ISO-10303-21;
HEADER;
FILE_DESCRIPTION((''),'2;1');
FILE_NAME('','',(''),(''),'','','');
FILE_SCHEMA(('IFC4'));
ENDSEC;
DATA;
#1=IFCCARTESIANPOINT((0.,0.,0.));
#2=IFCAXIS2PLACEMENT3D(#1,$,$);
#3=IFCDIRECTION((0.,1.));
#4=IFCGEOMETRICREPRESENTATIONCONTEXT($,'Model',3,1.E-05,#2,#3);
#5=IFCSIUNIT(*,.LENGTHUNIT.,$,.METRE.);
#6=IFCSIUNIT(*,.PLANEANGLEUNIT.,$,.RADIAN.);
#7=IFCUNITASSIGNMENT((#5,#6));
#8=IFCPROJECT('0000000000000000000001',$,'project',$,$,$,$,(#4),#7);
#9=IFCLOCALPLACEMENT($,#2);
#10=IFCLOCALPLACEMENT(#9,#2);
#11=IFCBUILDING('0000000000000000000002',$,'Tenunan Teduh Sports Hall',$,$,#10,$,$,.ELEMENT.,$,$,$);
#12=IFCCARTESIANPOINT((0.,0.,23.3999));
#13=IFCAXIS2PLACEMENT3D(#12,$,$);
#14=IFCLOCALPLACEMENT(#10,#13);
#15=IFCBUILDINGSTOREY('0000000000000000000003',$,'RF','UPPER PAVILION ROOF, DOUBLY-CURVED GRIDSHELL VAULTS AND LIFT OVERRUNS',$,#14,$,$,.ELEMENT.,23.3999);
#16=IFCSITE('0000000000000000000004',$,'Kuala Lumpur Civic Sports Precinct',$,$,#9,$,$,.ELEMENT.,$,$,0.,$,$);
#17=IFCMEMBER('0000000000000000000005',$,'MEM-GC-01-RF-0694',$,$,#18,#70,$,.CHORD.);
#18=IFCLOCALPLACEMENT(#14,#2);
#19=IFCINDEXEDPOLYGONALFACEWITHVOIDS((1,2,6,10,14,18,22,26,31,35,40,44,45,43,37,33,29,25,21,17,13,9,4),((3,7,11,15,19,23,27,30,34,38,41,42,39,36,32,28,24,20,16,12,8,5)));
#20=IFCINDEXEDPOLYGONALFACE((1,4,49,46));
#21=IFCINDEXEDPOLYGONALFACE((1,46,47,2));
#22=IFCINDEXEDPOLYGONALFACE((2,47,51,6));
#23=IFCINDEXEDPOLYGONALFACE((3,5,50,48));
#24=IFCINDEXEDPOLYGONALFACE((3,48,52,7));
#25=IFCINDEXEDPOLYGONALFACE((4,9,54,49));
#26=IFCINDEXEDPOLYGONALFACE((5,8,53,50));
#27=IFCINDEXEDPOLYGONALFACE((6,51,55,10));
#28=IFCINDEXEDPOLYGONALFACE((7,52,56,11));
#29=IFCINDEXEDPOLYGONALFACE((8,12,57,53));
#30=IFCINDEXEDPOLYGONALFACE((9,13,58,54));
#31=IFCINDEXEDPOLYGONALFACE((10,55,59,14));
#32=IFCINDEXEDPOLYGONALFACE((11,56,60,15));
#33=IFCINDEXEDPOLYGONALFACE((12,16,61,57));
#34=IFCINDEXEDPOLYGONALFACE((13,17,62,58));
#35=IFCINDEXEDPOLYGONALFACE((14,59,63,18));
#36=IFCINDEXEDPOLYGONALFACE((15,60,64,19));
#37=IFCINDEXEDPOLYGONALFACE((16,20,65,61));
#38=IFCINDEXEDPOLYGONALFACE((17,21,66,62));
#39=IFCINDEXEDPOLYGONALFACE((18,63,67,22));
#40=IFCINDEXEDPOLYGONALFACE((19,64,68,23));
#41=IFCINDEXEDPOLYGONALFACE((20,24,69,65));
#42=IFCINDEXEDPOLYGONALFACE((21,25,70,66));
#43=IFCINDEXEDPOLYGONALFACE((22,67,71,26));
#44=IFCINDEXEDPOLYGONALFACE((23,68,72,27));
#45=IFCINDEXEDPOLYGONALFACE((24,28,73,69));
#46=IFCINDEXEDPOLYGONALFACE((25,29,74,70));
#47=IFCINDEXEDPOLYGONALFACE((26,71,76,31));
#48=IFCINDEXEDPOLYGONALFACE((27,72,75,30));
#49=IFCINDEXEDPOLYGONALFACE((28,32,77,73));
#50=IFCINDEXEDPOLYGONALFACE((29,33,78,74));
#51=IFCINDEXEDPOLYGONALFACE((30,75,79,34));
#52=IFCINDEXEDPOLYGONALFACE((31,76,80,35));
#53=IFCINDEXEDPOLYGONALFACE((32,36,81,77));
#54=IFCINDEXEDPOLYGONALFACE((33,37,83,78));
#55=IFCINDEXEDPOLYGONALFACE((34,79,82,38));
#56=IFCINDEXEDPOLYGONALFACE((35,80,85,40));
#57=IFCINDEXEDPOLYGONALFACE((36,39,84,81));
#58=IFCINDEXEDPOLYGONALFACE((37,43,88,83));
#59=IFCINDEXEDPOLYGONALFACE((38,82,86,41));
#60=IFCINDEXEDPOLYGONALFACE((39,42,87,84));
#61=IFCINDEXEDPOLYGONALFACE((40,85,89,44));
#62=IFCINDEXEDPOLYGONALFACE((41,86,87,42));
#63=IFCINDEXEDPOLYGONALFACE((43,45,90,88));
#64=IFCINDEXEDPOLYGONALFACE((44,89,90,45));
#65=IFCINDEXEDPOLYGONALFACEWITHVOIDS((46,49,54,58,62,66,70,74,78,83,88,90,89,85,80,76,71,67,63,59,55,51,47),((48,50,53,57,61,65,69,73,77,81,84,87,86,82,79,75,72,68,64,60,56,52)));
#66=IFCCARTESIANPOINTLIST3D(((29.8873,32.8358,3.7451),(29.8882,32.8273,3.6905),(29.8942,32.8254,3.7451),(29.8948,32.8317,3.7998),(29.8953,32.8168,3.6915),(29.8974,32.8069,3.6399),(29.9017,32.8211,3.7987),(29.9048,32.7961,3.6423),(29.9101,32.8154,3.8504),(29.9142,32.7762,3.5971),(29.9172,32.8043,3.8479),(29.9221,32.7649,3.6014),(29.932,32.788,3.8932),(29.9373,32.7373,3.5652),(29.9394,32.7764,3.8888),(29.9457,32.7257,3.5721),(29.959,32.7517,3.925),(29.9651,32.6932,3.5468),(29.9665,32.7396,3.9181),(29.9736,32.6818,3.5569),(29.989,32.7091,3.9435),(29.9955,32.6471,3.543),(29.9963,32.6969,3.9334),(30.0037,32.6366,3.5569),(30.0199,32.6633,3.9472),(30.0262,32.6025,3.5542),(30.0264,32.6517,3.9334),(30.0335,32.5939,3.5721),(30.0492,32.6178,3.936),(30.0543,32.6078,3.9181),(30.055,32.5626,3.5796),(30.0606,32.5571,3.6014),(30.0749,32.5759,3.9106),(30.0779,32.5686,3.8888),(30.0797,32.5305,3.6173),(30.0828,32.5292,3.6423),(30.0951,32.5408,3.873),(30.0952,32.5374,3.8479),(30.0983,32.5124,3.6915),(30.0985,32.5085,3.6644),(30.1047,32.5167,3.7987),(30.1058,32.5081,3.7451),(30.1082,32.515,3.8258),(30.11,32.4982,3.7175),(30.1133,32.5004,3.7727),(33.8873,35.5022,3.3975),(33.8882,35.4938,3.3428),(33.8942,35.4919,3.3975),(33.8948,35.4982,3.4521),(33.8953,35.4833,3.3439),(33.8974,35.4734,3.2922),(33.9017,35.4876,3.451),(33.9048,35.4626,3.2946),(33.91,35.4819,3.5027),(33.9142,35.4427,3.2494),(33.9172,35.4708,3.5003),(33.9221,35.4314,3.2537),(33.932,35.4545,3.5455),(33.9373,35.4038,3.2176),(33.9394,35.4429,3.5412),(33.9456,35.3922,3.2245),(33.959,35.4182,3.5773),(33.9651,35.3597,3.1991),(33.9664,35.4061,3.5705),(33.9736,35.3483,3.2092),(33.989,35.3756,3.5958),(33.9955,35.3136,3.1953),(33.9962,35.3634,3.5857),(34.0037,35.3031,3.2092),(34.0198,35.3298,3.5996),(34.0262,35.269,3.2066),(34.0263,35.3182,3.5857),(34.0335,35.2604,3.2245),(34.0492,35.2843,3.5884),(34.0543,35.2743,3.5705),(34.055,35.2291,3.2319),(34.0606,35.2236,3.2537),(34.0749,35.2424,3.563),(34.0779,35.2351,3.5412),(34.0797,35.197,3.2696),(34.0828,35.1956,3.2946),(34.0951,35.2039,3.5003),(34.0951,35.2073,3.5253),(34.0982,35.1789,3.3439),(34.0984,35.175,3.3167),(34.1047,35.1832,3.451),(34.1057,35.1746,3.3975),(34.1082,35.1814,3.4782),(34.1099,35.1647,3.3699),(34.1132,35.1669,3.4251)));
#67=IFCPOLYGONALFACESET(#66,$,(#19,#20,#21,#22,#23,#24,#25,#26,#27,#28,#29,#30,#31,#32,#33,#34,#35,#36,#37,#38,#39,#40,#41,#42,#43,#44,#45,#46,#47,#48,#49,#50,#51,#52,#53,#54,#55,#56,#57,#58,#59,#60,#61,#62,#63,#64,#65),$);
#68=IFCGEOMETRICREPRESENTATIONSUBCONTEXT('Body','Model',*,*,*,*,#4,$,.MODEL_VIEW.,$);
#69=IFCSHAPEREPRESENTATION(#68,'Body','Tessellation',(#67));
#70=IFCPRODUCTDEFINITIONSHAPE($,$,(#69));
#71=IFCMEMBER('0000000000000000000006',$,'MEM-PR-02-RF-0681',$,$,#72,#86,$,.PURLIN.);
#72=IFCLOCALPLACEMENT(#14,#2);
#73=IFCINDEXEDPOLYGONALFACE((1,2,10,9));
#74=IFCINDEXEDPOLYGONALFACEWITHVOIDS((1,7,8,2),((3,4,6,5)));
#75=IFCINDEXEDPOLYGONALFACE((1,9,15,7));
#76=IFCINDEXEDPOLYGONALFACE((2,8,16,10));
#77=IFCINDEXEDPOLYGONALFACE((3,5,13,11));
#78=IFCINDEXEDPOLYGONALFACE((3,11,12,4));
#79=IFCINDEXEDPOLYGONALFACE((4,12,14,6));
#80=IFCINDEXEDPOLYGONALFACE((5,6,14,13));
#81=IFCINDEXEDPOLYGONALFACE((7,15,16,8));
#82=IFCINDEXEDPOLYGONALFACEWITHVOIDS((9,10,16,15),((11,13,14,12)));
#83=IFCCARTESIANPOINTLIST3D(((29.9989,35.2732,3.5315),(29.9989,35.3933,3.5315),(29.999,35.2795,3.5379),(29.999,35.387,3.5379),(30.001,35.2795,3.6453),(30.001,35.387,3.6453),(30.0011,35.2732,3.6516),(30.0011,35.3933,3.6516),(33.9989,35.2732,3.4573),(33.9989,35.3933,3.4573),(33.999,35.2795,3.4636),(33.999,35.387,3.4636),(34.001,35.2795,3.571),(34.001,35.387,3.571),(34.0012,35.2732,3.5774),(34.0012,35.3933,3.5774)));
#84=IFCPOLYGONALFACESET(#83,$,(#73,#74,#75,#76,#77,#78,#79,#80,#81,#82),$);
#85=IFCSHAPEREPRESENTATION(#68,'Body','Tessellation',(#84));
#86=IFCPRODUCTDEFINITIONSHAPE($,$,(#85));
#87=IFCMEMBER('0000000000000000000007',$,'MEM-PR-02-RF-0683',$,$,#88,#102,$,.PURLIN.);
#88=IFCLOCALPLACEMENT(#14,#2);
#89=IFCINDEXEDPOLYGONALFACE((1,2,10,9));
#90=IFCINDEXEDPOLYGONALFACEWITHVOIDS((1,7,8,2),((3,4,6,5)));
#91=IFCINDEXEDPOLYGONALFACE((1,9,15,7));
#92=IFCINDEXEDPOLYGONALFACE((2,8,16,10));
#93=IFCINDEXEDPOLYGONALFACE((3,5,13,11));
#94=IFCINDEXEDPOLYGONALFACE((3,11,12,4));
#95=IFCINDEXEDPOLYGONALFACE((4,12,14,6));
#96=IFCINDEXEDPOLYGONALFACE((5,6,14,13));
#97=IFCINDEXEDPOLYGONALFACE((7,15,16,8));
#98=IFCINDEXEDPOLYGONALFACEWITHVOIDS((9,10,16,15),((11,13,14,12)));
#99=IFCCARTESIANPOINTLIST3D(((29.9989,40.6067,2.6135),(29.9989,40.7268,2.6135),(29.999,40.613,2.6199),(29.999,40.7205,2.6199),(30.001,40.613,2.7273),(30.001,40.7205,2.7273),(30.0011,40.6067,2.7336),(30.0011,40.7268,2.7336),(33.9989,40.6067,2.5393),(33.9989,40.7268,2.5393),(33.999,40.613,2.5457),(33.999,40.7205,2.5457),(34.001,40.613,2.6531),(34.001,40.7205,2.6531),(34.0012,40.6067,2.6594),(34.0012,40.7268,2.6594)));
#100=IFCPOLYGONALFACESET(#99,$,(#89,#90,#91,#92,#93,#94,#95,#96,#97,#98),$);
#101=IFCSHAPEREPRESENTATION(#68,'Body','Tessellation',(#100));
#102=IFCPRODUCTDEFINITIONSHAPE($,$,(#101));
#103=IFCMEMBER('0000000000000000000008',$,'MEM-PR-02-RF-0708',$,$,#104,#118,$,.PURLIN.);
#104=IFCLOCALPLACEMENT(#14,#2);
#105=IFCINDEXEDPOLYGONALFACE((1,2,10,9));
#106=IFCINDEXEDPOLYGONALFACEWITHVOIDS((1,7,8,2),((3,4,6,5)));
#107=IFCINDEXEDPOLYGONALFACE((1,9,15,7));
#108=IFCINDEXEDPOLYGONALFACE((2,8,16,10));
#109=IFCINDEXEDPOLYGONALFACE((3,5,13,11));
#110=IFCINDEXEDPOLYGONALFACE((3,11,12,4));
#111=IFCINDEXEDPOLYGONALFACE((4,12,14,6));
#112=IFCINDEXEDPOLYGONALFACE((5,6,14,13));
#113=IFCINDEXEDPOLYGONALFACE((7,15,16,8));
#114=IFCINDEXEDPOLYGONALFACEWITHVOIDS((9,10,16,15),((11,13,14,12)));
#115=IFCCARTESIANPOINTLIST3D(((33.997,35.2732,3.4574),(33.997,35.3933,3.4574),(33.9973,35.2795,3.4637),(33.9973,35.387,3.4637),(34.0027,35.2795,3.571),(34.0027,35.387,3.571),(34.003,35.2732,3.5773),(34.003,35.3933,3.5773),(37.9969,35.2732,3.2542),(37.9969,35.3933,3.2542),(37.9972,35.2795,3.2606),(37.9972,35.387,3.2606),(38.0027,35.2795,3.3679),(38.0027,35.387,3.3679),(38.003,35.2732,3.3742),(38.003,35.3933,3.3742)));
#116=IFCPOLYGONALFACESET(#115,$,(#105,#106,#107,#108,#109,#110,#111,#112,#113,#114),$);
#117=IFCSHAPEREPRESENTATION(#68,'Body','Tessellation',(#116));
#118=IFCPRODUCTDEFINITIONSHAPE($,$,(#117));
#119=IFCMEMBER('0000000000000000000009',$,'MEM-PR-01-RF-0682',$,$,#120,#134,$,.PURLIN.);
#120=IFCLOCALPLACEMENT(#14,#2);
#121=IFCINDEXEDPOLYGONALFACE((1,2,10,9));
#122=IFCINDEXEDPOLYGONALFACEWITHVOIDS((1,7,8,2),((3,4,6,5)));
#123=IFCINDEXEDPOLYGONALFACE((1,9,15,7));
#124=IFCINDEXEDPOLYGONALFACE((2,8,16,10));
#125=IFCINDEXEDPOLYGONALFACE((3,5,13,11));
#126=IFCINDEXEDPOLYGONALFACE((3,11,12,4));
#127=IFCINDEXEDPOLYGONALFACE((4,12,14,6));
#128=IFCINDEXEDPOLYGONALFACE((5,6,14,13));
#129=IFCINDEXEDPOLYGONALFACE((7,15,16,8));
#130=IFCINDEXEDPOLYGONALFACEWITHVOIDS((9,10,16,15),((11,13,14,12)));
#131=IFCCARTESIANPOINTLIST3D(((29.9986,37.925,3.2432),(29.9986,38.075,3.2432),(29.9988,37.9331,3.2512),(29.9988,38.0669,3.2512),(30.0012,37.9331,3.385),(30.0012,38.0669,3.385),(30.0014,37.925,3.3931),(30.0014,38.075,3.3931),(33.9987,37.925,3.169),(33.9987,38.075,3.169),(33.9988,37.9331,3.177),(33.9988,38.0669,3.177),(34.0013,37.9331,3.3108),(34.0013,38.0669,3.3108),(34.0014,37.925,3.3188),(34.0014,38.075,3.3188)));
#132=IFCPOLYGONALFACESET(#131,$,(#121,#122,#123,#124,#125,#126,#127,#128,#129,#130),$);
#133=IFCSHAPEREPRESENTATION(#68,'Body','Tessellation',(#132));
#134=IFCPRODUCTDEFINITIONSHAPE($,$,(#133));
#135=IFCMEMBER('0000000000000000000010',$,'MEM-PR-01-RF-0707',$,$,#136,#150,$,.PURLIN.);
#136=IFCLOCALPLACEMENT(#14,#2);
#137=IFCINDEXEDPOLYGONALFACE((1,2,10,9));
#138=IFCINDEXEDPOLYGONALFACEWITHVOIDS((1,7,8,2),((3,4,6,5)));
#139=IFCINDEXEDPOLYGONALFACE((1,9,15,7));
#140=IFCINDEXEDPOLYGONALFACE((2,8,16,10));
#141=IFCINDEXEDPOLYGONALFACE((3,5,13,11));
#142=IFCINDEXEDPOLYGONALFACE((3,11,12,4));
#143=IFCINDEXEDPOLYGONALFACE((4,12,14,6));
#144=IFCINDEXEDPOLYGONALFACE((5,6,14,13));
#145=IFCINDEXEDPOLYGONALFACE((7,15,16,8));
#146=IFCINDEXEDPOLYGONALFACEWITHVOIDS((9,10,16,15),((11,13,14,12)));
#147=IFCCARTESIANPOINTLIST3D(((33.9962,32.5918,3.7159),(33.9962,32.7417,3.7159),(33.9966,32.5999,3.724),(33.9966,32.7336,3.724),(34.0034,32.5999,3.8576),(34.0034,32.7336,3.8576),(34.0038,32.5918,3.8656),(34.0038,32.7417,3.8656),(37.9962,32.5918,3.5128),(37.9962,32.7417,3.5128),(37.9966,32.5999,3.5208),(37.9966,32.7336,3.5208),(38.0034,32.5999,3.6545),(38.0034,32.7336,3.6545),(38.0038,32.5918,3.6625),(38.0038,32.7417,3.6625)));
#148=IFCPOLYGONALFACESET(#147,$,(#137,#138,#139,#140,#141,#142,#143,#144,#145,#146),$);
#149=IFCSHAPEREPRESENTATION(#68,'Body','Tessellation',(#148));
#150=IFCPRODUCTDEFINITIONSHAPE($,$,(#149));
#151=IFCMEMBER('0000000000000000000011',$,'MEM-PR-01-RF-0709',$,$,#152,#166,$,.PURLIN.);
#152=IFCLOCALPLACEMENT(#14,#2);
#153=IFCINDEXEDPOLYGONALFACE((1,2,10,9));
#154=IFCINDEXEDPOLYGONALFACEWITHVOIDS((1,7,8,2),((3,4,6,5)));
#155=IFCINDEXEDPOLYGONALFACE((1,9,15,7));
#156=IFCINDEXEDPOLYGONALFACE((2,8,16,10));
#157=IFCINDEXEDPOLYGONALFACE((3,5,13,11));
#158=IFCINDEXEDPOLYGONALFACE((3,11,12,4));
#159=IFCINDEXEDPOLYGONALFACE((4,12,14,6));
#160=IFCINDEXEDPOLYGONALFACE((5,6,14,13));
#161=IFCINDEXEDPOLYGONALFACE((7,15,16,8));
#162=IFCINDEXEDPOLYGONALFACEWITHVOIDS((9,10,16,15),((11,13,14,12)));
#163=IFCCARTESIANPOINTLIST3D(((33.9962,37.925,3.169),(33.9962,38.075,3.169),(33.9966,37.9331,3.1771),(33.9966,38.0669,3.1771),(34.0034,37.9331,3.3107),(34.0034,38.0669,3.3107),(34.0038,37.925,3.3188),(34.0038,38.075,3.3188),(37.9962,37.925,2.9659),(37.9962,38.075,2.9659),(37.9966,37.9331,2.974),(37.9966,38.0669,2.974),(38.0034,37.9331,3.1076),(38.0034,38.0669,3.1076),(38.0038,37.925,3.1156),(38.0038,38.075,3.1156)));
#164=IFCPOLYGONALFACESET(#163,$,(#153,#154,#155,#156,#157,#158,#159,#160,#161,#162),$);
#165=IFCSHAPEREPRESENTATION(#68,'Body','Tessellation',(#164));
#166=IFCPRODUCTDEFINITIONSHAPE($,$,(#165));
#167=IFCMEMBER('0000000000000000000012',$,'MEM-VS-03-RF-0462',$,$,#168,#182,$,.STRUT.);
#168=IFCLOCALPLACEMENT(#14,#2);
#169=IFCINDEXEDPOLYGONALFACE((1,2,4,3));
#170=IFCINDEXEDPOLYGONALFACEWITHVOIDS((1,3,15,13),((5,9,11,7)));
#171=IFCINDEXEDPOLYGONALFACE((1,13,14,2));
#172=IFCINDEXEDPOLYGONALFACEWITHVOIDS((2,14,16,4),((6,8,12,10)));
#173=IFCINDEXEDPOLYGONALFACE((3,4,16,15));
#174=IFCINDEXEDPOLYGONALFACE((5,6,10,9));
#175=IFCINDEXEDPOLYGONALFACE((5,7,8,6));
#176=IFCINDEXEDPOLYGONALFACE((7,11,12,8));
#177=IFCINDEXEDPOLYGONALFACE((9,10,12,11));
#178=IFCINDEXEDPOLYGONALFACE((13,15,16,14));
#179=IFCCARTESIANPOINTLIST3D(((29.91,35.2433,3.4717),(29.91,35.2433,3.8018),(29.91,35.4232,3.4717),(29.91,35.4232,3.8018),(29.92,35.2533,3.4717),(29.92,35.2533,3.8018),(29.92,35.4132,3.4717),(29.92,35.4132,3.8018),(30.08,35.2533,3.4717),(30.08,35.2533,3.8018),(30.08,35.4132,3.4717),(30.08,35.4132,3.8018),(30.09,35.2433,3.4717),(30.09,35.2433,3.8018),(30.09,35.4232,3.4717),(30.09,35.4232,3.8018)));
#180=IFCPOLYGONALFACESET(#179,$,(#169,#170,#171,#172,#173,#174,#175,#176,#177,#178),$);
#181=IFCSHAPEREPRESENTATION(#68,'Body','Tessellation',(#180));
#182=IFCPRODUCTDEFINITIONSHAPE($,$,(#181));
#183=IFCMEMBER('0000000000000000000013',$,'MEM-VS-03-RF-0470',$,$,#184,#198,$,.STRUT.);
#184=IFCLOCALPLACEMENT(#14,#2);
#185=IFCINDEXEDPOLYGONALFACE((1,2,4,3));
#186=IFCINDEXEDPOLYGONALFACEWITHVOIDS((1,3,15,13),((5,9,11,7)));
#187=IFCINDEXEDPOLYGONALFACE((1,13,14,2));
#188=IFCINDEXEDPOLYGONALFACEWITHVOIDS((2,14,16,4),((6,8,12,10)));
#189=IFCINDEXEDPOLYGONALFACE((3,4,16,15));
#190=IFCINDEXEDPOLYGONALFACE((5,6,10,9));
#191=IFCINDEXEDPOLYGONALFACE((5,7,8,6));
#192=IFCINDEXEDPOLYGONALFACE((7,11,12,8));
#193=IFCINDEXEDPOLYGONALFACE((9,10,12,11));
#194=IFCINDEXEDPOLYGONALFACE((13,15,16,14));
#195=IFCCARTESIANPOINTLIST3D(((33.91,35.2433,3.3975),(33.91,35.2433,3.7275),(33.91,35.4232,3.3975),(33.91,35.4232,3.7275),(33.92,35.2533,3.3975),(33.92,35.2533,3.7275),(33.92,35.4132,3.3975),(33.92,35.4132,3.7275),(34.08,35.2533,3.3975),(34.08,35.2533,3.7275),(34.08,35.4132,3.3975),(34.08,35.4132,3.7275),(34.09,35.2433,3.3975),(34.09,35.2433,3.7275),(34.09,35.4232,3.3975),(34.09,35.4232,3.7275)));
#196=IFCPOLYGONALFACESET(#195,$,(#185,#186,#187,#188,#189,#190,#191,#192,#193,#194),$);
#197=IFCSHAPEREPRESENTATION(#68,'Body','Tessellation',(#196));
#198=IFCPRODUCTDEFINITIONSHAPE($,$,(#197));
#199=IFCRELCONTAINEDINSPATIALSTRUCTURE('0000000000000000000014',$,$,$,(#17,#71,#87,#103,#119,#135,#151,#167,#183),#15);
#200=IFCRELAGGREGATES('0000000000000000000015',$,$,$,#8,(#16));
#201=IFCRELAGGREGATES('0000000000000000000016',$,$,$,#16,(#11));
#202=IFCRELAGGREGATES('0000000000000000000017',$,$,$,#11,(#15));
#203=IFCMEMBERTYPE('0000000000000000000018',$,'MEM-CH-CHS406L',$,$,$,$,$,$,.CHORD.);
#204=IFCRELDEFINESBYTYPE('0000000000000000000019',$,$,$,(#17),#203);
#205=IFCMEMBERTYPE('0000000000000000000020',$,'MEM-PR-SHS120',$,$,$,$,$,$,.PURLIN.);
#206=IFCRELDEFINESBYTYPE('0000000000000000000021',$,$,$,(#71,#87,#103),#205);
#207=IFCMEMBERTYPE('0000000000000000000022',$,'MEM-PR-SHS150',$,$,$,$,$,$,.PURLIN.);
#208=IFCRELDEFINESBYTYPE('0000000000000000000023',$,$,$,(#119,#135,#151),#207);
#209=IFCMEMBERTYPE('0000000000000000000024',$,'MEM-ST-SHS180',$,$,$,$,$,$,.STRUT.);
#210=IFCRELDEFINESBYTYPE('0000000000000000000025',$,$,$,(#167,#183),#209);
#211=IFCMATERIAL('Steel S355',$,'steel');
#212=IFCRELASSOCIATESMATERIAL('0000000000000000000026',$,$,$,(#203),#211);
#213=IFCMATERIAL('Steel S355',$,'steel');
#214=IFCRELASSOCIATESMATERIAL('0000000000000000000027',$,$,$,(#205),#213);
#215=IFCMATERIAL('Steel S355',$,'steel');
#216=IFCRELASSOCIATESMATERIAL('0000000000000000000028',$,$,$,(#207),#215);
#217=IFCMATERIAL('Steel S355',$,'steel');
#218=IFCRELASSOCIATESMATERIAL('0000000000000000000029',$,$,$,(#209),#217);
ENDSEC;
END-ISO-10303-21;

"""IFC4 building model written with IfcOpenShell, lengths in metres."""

from ifc_helpers import new_model, si_unit, direction, frame, origin, origin_2d, place, context, subcontext, project, spatial, hollow_rectangle, hollow_circle, extrude, material, material_profile, profile_set, type_object, element, save


model = new_model("IFC4")

# Units and contexts
model_context = context("Model", 3, precision=1e-05, world=origin(), true_north=direction((0.0, 1.0)))
body_context = subcontext(model_context, "Body", "Model", "MODEL_VIEW")
ifc_project = project(units=[si_unit("LENGTHUNIT", "METRE"), si_unit("PLANEANGLEUNIT", "RADIAN")], contexts=[model_context])

# Site, building, storey
site_placement = place(None, origin())
site = spatial("IfcSite", under=ifc_project, at=site_placement, Name="Kuala Lumpur Civic Sports Precinct", CompositionType="ELEMENT", RefElevation=0.0)
building_placement = place(site_placement, origin())
building = spatial("IfcBuilding", under=site, at=building_placement, Name="Tenunan Teduh Sports Hall", CompositionType="ELEMENT")
storey_placement = place(building_placement, frame((0.0, 0.0, 23.3999)))
storey = spatial("IfcBuildingStorey", under=building, at=storey_placement, Name="RF", Description="UPPER PAVILION ROOF, DOUBLY-CURVED GRIDSHELL VAULTS AND LIFT OVERRUNS", CompositionType="ELEMENT", Elevation=23.3999)

# Members
ifc_material_1 = material(Name="Steel S355", Category="steel")
ifc_material_profile_1 = material_profile(ifc_material_1, hollow_circle(Radius=0.2031, WallThickness=0.0125, at=origin_2d()), Name="CHS 406.4x12.5")
ifc_profile_set_1 = profile_set([ifc_material_profile_1], Name="Steel S355")
member_type_1 = type_object("IfcMemberType", Name="MEM-CH-CHS406L", PredefinedType="CHORD", material=ifc_profile_set_1)
member_1_placement = place(storey_placement, frame((30.0, 32.6667, 3.7451), z_axis=(0.829899, 0.553232, -0.07213), x_axis=(-0.554677, 0.832066, 0.0)))
element("IfcMember", 1, at=member_1_placement, inside=storey, type_object=member_type_1, Name="MEM-GC-01-RF-0694", PredefinedType="CHORD", context=body_context, shape_type="SweptSolid", body=[
    extrude(hollow_circle(Radius=0.2031, WallThickness=0.0125, at=origin_2d()), origin(), (0.0, 0.0, 1.0), 4.8198),
])
ifc_material_2 = material(Name="Steel S355", Category="steel")
ifc_material_profile_2 = material_profile(ifc_material_2, hollow_rectangle(XDim=0.1201, YDim=0.1201, WallThickness=0.0063, at=origin_2d()), Name="SHS 120x120x6.3")
ifc_profile_set_2 = profile_set([ifc_material_profile_2], Name="Steel S355")
member_type_2 = type_object("IfcMemberType", Name="MEM-PR-SHS120", PredefinedType="PURLIN", material=ifc_profile_set_2)
for number, where, z_axis, x_axis, name in (
    (2, (30.0, 35.3333, 3.5916), (0.999828, 0.0, -0.018551), (0.0, 1.0, 0.0), "MEM-PR-02-RF-0681"),
    (3, (30.0, 40.6667, 2.6736), (0.999828, 0.0, -0.018551), (0.0, 1.0, 0.0), "MEM-PR-02-RF-0683"),
):
    element("IfcMember", number, at=place(storey_placement, frame(where, z_axis=z_axis, x_axis=x_axis)), inside=storey, type_object=member_type_2, Name=name, PredefinedType="PURLIN", context=body_context, shape_type="SweptSolid", body=[
        extrude(hollow_rectangle(XDim=0.1201, YDim=0.1201, WallThickness=0.0063, at=origin_2d()), origin(), (0.0, 0.0, 1.0), 4.0007),
    ])
member_2_placement = place(storey_placement, frame((34.0, 35.3333, 3.5173), z_axis=(0.998713, 0.0, -0.050716), x_axis=(0.0, 1.0, 0.0)))
element("IfcMember", 4, at=member_2_placement, inside=storey, type_object=member_type_2, Name="MEM-PR-02-RF-0708", PredefinedType="PURLIN", context=body_context, shape_type="SweptSolid", body=[
    extrude(hollow_rectangle(XDim=0.1201, YDim=0.1201, WallThickness=0.0063, at=origin_2d()), origin(), (0.0, 0.0, 1.0), 4.0051),
])
ifc_material_3 = material(Name="Steel S355", Category="steel")
ifc_material_profile_3 = material_profile(ifc_material_3, hollow_rectangle(XDim=0.1499, YDim=0.1499, WallThickness=0.0081, at=origin_2d()), Name="SHS 150x150x8.0")
ifc_profile_set_3 = profile_set([ifc_material_profile_3], Name="Steel S355")
member_type_3 = type_object("IfcMemberType", Name="MEM-PR-SHS150", PredefinedType="PURLIN", material=ifc_profile_set_3)
member_3_placement = place(storey_placement, frame((30.0, 38.0, 3.3181), z_axis=(0.999828, 0.0, -0.018551), x_axis=(0.0, 1.0, 0.0)))
element("IfcMember", 5, at=member_3_placement, inside=storey, type_object=member_type_3, Name="MEM-PR-01-RF-0682", PredefinedType="PURLIN", context=body_context, shape_type="SweptSolid", body=[
    extrude(hollow_rectangle(XDim=0.1499, YDim=0.1499, WallThickness=0.0081, at=origin_2d()), origin(), (0.0, 0.0, 1.0), 4.0007),
])
for number, where, z_axis, x_axis, name in (
    (6, (34.0, 32.6667, 3.7908), (0.998713, 0.0, -0.050716), (0.0, 1.0, 0.0), "MEM-PR-01-RF-0707"),
    (7, (34.0, 38.0, 3.2439), (0.998713, 0.0, -0.050716), (0.0, 1.0, 0.0), "MEM-PR-01-RF-0709"),
):
    element("IfcMember", number, at=place(storey_placement, frame(where, z_axis=z_axis, x_axis=x_axis)), inside=storey, type_object=member_type_3, Name=name, PredefinedType="PURLIN", context=body_context, shape_type="SweptSolid", body=[
        extrude(hollow_rectangle(XDim=0.1499, YDim=0.1499, WallThickness=0.0081, at=origin_2d()), origin(), (0.0, 0.0, 1.0), 4.0051),
    ])
ifc_material_4 = material(Name="Steel S355", Category="steel")
ifc_material_profile_4 = material_profile(ifc_material_4, hollow_rectangle(XDim=0.1799, YDim=0.1799, WallThickness=0.01, at=origin_2d()), Name="SHS 180x180x10.0")
ifc_profile_set_4 = profile_set([ifc_material_profile_4], Name="Steel S355")
member_type_4 = type_object("IfcMemberType", Name="MEM-ST-SHS180", PredefinedType="STRUT", material=ifc_profile_set_4)
for number, where, z_axis, x_axis, name in (
    (8, (30.0, 35.3333, 3.4717), (0.0, 0.0, 1.0), (1.0, 0.0, 0.0), "MEM-VS-03-RF-0462"),
    (9, (34.0, 35.3333, 3.3975), (0.0, 0.0, 1.0), (1.0, 0.0, 0.0), "MEM-VS-03-RF-0470"),
):
    element("IfcMember", number, at=place(storey_placement, frame(where, z_axis=z_axis, x_axis=x_axis)), inside=storey, type_object=member_type_4, Name=name, PredefinedType="STRUT", context=body_context, shape_type="SweptSolid", body=[
        extrude(hollow_rectangle(XDim=0.1799, YDim=0.1799, WallThickness=0.01, at=origin_2d()), origin(), (0.0, 0.0, 1.0), 0.3301),
    ])

save(model, "model.ifc")
